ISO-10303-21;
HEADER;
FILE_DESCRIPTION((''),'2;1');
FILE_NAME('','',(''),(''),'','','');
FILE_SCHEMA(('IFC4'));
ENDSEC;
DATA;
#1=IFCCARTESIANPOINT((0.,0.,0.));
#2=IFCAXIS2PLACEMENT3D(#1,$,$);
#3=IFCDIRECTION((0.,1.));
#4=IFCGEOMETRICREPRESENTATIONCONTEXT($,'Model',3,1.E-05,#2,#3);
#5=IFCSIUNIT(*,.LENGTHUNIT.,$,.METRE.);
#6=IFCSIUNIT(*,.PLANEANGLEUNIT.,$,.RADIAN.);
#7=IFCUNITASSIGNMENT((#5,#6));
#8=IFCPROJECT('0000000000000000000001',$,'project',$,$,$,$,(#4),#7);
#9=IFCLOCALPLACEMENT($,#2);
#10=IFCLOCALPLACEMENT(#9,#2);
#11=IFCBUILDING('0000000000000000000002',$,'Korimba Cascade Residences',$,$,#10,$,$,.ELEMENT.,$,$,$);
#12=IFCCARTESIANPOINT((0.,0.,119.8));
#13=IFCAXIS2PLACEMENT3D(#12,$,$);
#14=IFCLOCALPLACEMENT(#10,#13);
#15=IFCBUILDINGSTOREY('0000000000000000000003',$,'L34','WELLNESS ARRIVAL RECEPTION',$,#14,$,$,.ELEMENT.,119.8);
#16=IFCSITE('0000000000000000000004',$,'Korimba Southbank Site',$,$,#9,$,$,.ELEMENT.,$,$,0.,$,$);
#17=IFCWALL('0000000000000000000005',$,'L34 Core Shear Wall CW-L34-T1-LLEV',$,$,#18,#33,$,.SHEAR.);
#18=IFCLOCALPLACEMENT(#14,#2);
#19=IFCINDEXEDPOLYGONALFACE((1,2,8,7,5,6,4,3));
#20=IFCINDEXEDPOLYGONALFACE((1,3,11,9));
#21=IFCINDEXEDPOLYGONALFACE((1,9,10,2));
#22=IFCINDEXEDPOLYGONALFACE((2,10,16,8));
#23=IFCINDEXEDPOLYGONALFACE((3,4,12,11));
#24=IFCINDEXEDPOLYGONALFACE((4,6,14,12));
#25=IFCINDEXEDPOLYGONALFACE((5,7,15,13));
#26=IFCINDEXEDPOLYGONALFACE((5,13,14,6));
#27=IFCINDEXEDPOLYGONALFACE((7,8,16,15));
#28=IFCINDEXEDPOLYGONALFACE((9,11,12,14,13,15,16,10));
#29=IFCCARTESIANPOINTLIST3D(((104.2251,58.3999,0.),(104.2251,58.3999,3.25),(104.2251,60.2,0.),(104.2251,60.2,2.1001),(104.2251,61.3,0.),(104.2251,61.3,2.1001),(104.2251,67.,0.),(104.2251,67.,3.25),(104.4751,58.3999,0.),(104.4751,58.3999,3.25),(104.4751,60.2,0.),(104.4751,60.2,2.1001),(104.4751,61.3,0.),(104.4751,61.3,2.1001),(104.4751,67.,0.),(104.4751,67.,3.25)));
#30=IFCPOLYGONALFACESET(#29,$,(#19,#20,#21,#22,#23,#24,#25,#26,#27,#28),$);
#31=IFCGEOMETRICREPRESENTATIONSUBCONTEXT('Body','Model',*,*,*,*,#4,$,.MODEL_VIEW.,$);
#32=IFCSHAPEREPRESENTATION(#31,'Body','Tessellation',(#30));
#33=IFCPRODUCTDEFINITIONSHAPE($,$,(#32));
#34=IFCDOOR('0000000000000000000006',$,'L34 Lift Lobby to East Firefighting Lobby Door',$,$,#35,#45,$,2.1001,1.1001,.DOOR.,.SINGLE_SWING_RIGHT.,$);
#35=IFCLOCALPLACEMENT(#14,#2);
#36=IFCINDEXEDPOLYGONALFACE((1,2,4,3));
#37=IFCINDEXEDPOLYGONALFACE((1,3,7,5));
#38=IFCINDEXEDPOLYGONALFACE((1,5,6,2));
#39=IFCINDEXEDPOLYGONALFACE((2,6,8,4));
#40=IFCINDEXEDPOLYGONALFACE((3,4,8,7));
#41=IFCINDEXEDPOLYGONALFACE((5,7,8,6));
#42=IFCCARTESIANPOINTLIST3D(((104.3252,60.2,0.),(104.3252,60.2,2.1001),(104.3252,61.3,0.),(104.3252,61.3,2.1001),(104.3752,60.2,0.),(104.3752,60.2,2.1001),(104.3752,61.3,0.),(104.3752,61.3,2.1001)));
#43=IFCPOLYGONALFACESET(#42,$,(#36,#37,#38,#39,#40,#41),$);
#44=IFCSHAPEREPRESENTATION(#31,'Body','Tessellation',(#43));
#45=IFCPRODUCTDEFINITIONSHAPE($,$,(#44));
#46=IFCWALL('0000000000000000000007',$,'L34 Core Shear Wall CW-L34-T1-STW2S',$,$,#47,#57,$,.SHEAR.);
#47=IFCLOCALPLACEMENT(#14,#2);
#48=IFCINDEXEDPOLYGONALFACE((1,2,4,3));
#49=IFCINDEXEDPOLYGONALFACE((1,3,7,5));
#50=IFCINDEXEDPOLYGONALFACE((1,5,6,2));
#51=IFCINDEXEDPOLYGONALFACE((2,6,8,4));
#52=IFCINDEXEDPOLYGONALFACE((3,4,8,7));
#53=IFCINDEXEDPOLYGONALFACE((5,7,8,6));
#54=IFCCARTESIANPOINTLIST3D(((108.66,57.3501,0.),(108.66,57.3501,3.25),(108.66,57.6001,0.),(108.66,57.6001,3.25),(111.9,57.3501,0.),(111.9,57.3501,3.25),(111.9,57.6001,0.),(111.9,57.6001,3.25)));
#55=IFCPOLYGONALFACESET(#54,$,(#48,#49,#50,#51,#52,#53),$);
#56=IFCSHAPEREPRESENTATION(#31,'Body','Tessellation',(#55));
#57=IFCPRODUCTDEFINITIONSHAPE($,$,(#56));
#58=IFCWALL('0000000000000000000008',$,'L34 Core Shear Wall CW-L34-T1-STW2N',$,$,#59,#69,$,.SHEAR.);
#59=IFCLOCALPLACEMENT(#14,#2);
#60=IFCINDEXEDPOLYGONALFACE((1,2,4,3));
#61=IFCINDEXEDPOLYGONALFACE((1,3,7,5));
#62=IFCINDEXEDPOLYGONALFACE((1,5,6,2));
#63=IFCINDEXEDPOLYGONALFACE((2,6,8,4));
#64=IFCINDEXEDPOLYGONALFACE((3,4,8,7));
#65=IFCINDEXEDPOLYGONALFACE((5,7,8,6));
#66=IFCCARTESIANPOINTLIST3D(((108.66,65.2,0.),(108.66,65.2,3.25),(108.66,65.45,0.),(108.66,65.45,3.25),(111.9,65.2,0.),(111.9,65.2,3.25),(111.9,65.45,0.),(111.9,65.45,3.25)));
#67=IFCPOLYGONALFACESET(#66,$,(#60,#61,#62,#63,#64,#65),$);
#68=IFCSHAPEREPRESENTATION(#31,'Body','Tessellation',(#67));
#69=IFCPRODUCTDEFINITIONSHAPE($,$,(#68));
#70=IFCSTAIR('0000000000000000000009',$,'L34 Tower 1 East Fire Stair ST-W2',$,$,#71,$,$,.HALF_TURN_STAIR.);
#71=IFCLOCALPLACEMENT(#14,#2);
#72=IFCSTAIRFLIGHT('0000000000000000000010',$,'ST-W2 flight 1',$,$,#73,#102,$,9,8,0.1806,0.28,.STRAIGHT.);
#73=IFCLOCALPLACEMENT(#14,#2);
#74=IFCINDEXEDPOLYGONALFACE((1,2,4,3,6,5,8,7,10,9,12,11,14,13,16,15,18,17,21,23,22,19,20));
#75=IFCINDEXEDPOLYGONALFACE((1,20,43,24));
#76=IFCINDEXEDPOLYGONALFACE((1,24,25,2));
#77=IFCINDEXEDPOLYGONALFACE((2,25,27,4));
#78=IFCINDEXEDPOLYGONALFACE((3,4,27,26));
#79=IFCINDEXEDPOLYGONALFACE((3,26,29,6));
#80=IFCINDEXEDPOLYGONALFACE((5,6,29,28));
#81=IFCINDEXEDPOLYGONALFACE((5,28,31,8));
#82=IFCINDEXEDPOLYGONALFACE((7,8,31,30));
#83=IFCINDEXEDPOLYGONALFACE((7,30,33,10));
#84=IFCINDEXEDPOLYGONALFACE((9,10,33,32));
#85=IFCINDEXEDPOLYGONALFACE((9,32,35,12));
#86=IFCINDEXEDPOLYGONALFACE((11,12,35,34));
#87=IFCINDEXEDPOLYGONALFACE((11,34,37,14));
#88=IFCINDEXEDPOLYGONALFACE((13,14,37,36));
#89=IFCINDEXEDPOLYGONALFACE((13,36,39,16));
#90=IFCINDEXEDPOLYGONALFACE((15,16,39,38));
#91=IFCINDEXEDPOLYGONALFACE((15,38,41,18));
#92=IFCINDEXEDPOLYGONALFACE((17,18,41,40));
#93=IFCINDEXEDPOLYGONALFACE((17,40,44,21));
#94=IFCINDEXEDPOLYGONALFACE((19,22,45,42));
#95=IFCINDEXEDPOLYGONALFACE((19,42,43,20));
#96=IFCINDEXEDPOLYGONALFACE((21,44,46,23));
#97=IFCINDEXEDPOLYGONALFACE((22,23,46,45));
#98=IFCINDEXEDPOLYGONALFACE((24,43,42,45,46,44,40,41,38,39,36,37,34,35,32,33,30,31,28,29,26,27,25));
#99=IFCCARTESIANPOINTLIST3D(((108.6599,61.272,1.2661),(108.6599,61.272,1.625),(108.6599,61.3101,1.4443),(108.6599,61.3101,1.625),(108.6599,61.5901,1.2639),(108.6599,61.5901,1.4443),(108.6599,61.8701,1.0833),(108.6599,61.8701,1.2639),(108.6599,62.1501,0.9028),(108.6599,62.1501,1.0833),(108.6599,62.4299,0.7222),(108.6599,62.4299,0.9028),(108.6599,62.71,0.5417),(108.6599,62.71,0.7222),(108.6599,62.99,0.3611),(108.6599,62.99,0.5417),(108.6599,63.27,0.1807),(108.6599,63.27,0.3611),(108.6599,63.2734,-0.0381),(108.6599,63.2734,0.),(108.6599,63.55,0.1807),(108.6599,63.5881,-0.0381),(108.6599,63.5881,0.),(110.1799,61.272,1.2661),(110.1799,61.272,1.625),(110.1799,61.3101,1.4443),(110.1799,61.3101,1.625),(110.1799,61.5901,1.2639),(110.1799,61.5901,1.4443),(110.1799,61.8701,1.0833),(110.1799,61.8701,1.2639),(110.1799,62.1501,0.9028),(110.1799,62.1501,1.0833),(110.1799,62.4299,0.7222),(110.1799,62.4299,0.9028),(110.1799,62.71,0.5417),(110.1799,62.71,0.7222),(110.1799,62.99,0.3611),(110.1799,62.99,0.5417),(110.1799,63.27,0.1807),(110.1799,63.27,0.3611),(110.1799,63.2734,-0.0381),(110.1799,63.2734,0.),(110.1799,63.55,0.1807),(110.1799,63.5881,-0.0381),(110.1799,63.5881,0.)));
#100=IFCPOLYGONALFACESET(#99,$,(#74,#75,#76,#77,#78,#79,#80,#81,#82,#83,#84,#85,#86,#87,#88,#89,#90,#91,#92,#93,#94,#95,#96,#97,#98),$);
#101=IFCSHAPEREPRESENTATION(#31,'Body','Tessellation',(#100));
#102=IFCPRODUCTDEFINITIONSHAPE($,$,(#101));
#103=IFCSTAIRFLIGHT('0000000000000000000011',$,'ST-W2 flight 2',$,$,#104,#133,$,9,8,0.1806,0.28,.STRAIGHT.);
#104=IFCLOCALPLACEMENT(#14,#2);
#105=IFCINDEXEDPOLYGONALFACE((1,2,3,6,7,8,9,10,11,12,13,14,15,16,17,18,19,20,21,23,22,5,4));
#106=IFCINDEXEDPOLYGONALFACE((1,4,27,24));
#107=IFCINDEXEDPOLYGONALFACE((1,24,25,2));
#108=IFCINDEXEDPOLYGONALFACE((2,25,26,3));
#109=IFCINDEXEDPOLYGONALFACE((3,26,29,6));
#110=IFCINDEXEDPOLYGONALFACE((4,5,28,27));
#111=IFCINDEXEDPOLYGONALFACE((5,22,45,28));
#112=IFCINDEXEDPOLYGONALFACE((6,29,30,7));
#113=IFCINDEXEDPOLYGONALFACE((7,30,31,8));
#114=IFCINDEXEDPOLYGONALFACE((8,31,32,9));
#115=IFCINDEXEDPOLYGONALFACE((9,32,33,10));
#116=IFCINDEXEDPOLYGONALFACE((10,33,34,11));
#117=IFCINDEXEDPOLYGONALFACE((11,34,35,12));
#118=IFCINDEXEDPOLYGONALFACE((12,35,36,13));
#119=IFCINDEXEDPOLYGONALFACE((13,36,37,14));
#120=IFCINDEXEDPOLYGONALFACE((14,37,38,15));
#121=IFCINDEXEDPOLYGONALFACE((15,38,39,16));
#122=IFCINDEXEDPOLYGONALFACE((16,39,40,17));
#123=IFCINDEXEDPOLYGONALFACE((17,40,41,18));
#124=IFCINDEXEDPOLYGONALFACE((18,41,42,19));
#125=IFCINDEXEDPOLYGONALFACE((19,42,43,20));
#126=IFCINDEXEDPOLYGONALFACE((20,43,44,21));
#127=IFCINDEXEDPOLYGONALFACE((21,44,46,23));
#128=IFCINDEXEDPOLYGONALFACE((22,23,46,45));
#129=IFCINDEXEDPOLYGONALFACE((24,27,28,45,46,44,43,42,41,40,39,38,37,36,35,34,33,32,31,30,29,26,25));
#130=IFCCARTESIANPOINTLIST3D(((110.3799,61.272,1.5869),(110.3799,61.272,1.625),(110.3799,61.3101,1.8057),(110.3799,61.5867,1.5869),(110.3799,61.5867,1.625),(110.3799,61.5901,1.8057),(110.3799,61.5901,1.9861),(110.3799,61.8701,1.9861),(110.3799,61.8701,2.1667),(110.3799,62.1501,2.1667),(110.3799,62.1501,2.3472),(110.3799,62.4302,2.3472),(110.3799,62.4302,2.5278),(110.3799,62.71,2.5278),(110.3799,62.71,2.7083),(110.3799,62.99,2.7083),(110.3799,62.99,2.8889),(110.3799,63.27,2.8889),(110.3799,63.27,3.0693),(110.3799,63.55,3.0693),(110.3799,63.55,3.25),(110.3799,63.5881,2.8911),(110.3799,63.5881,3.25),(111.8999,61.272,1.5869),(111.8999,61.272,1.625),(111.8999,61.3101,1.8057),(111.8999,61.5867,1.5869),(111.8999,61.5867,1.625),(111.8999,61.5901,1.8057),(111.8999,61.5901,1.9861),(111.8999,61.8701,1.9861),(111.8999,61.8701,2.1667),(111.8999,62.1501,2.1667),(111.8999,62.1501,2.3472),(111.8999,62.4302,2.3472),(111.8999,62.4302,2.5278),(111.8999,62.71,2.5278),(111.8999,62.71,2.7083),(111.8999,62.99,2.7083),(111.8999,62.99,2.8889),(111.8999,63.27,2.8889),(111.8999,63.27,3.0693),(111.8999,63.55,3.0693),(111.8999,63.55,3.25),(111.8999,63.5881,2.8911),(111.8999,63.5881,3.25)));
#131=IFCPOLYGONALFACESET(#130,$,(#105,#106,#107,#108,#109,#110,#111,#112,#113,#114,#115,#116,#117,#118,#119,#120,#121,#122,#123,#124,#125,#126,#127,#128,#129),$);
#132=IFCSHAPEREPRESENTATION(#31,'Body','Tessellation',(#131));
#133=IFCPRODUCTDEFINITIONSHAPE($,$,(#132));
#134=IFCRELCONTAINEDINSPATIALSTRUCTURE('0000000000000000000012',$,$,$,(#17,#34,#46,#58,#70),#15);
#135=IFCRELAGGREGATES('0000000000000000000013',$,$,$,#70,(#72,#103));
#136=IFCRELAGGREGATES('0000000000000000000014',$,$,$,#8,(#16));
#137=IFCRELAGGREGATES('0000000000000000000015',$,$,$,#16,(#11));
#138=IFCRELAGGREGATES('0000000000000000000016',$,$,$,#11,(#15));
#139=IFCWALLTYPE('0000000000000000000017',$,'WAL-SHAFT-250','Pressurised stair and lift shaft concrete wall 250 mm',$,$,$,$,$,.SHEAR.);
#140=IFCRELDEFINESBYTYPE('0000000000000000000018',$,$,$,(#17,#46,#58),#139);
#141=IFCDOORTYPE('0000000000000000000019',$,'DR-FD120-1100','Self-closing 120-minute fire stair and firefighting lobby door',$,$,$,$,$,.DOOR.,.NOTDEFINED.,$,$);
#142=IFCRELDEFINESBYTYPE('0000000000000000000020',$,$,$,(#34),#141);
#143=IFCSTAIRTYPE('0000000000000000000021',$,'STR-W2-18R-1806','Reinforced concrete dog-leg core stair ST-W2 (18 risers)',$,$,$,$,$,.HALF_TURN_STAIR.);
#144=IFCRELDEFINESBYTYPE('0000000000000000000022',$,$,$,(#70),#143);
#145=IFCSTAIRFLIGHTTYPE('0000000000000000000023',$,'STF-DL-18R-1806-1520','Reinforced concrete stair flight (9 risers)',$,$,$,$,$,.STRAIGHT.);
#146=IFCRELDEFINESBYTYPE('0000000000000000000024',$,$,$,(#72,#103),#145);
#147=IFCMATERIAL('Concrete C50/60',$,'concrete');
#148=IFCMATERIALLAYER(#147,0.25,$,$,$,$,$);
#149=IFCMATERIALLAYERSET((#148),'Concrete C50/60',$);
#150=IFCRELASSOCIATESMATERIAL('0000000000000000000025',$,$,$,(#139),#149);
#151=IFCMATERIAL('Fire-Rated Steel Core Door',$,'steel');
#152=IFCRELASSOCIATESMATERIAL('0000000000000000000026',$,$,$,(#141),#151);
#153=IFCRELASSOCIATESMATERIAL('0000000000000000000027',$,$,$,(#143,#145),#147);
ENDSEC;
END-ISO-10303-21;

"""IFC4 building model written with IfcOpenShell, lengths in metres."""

from ifc_helpers import new_model, si_unit, direction, frame, frame_2d, origin, place, context, subcontext, project, spatial, polyline, rectangle, outline, extrude, material, layer, layer_set, type_object, element, fill, aggregate, save


model = new_model("IFC4")

# Units and contexts
model_context = context("Model", 3, precision=1e-05, world=origin(), true_north=direction((0.0, 1.0)))
body_context = subcontext(model_context, "Body", "Model", "MODEL_VIEW")
ifc_project = project(units=[si_unit("LENGTHUNIT", "METRE"), si_unit("PLANEANGLEUNIT", "RADIAN")], contexts=[model_context])

# Site, building, storey
site_placement = place(None, origin())
site = spatial("IfcSite", under=ifc_project, at=site_placement, Name="Korimba Southbank Site", CompositionType="ELEMENT", RefElevation=0.0)
building_placement = place(site_placement, origin())
building = spatial("IfcBuilding", under=site, at=building_placement, Name="Korimba Cascade Residences", CompositionType="ELEMENT")
storey_placement = place(building_placement, frame((0.0, 0.0, 119.8)))
storey = spatial("IfcBuildingStorey", under=building, at=storey_placement, Name="L34", Description="WELLNESS ARRIVAL RECEPTION", CompositionType="ELEMENT", Elevation=119.8)

# Shared definitions
ifc_material_1 = material(Name="Concrete C50/60", Category="concrete")
ifc_layer_1 = layer(ifc_material_1, 0.25)
ifc_layer_set_1 = layer_set([ifc_layer_1], Name="Concrete C50/60")
wall_type_1 = type_object("IfcWallType", Name="WAL-SHAFT-250", Description="Pressurised stair and lift shaft concrete wall 250 mm", PredefinedType="SHEAR", material=ifc_layer_set_1)

# Wall, opening, door
wall_1_placement = place(storey_placement, frame((104.3501, 58.3999, 0.0), z_axis=(0.0, 0.0, 1.0), x_axis=(0.0, 1.0, 0.0)))
wall_1 = element("IfcWall", 1, at=wall_1_placement, inside=storey, type_object=wall_type_1, Name="L34 Core Shear Wall CW-L34-T1-LLEV", PredefinedType="SHEAR", context=body_context, shape_type="SweptSolid", body=[
    extrude(rectangle(XDim=8.6001, YDim=0.25, at=frame_2d((4.3, 0.0))), origin(), (0.0, 0.0, 1.0), 3.25),
])
opening_1_placement = place(wall_1_placement, frame((1.8, 0.0, 0.0)))
opening_1 = element("IfcOpeningElement", 2, at=opening_1_placement, cuts=wall_1, PredefinedType="OPENING", context=body_context, shape_type="SweptSolid", body=[
    extrude(rectangle(XDim=1.1001, YDim=2.1001, at=frame_2d((0.55, 1.05))), frame((0.0, 0.135, 0.0), z_axis=(0.0, -1.0, 0.0), x_axis=(1.0, 0.0, 0.0)), (0.0, 0.0, 1.0), 0.27),
])
ifc_material_2 = material(Name="Fire-Rated Steel Core Door", Category="steel")
door_type_1 = type_object("IfcDoorType", Name="DR-FD120-1100", Description="Self-closing 120-minute fire stair and firefighting lobby door", OperationType="NOTDEFINED", PredefinedType="DOOR", material=ifc_material_2)
door_1_placement = place(opening_1_placement, origin())
door_1 = element("IfcDoor", 3, at=door_1_placement, inside=storey, type_object=door_type_1, Name="L34 Lift Lobby to East Firefighting Lobby Door", OperationType="SINGLE_SWING_RIGHT", OverallHeight=2.1001, OverallWidth=1.1001, PredefinedType="DOOR", context=body_context, shape_type="SweptSolid", body=[
    extrude(rectangle(XDim=1.1001, YDim=2.1001, at=frame_2d((0.55, 1.05))), frame((0.0, 0.0249, 0.0), z_axis=(0.0, -1.0, 0.0), x_axis=(1.0, 0.0, 0.0)), (0.0, 0.0, 1.0), 0.05),
])
fill(opening_1, door_1)

# Walls
for number, where, z_axis, x_axis, name in (
    (4, (108.6599, 57.4751, 0.0), (0.0, 0.0, 1.0), (1.0, 0.0, 0.0), "L34 Core Shear Wall CW-L34-T1-STW2S"),
    (5, (108.6599, 65.325, 0.0), (0.0, 0.0, 1.0), (1.0, 0.0, 0.0), "L34 Core Shear Wall CW-L34-T1-STW2N"),
):
    element("IfcWall", number, at=place(storey_placement, frame(where, z_axis=z_axis, x_axis=x_axis)), inside=storey, type_object=wall_type_1, Name=name, PredefinedType="SHEAR", context=body_context, shape_type="SweptSolid", body=[
        extrude(rectangle(XDim=3.24, YDim=0.25, at=frame_2d((1.6201, 0.0))), origin(), (0.0, 0.0, 1.0), 3.25),
    ])

# Stair, stair flights
stair_type = type_object("IfcStairType", Name="STR-W2-18R-1806", Description="Reinforced concrete dog-leg core stair ST-W2 (18 risers)", PredefinedType="HALF_TURN_STAIR", material=ifc_material_1)
stair_placement = place(storey_placement, origin())
stair = element("IfcStair", 6, at=stair_placement, inside=storey, type_object=stair_type, Name="L34 Tower 1 East Fire Stair ST-W2", PredefinedType="HALF_TURN_STAIR")
stair_flight_type = type_object("IfcStairFlightType", Name="STF-DL-18R-1806-1520", Description="Reinforced concrete stair flight (9 risers)", PredefinedType="STRAIGHT", material=ifc_material_1)
stair_flight_1_placement = place(storey_placement, frame((109.4199, 63.55, 0.0), z_axis=(0.0, 0.0, 1.0), x_axis=(0.0, -1.0, 0.0)))
stair_flight_1 = element("IfcStairFlight", 7, at=stair_flight_1_placement, type_object=stair_flight_type, Name="ST-W2 flight 1", NumberOfRisers=9, NumberOfTreads=8, PredefinedType="STRAIGHT", RiserHeight=0.1806, TreadLength=0.28, context=body_context, shape_type="SweptSolid", body=[
    extrude(outline(polyline([(-0.0381, 0.0), (0.0, 0.1807), (0.28, 0.1807), (0.28, 0.3611), (0.5601, 0.3611), (0.5601, 0.5417), (0.8401, 0.5417), (0.8401, 0.7222), (1.1201, 0.7222), (1.1201, 0.9028), (1.3999, 0.9028), (1.3999, 1.0833), (1.6799, 1.0833), (1.6799, 1.2639), (1.96, 1.2639), (1.96, 1.4443), (2.24, 1.4443), (2.24, 1.625), (2.2781, 1.625), (2.2781, 1.2661), (0.2766, 0.0), (0.2766, -0.0381), (-0.0381, -0.0381), (-0.0381, 0.0)])), frame((0.0, 0.76, 0.0), z_axis=(0.0, -1.0, 0.0), x_axis=(1.0, 0.0, 0.0)), (0.0, 0.0, 1.0), 1.52),
])
stair_flight_2_placement = place(storey_placement, frame((111.1399, 61.3101, 1.625), z_axis=(0.0, 0.0, 1.0), x_axis=(0.0, 1.0, 0.0)))
stair_flight_2 = element("IfcStairFlight", 8, at=stair_flight_2_placement, type_object=stair_flight_type, Name="ST-W2 flight 2", NumberOfRisers=9, NumberOfTreads=8, PredefinedType="STRAIGHT", RiserHeight=0.1806, TreadLength=0.28, context=body_context, shape_type="SweptSolid", body=[
    extrude(outline(polyline([(-0.0381, 0.0), (0.0, 0.1807), (0.28, 0.1807), (0.28, 0.3611), (0.5601, 0.3611), (0.5601, 0.5417), (0.8401, 0.5417), (0.8401, 0.7222), (1.1201, 0.7222), (1.1201, 0.9028), (1.3999, 0.9028), (1.3999, 1.0833), (1.6799, 1.0833), (1.6799, 1.2639), (1.96, 1.2639), (1.96, 1.4443), (2.24, 1.4443), (2.24, 1.625), (2.2781, 1.625), (2.2781, 1.2661), (0.2766, 0.0), (0.2766, -0.0381), (-0.0381, -0.0381), (-0.0381, 0.0)])), frame((0.0, 0.76, 0.0), z_axis=(0.0, -1.0, 0.0), x_axis=(1.0, 0.0, 0.0)), (0.0, 0.0, 1.0), 1.52),
])
aggregate(stair, [stair_flight_1, stair_flight_2])

save(model, "model.ifc")
